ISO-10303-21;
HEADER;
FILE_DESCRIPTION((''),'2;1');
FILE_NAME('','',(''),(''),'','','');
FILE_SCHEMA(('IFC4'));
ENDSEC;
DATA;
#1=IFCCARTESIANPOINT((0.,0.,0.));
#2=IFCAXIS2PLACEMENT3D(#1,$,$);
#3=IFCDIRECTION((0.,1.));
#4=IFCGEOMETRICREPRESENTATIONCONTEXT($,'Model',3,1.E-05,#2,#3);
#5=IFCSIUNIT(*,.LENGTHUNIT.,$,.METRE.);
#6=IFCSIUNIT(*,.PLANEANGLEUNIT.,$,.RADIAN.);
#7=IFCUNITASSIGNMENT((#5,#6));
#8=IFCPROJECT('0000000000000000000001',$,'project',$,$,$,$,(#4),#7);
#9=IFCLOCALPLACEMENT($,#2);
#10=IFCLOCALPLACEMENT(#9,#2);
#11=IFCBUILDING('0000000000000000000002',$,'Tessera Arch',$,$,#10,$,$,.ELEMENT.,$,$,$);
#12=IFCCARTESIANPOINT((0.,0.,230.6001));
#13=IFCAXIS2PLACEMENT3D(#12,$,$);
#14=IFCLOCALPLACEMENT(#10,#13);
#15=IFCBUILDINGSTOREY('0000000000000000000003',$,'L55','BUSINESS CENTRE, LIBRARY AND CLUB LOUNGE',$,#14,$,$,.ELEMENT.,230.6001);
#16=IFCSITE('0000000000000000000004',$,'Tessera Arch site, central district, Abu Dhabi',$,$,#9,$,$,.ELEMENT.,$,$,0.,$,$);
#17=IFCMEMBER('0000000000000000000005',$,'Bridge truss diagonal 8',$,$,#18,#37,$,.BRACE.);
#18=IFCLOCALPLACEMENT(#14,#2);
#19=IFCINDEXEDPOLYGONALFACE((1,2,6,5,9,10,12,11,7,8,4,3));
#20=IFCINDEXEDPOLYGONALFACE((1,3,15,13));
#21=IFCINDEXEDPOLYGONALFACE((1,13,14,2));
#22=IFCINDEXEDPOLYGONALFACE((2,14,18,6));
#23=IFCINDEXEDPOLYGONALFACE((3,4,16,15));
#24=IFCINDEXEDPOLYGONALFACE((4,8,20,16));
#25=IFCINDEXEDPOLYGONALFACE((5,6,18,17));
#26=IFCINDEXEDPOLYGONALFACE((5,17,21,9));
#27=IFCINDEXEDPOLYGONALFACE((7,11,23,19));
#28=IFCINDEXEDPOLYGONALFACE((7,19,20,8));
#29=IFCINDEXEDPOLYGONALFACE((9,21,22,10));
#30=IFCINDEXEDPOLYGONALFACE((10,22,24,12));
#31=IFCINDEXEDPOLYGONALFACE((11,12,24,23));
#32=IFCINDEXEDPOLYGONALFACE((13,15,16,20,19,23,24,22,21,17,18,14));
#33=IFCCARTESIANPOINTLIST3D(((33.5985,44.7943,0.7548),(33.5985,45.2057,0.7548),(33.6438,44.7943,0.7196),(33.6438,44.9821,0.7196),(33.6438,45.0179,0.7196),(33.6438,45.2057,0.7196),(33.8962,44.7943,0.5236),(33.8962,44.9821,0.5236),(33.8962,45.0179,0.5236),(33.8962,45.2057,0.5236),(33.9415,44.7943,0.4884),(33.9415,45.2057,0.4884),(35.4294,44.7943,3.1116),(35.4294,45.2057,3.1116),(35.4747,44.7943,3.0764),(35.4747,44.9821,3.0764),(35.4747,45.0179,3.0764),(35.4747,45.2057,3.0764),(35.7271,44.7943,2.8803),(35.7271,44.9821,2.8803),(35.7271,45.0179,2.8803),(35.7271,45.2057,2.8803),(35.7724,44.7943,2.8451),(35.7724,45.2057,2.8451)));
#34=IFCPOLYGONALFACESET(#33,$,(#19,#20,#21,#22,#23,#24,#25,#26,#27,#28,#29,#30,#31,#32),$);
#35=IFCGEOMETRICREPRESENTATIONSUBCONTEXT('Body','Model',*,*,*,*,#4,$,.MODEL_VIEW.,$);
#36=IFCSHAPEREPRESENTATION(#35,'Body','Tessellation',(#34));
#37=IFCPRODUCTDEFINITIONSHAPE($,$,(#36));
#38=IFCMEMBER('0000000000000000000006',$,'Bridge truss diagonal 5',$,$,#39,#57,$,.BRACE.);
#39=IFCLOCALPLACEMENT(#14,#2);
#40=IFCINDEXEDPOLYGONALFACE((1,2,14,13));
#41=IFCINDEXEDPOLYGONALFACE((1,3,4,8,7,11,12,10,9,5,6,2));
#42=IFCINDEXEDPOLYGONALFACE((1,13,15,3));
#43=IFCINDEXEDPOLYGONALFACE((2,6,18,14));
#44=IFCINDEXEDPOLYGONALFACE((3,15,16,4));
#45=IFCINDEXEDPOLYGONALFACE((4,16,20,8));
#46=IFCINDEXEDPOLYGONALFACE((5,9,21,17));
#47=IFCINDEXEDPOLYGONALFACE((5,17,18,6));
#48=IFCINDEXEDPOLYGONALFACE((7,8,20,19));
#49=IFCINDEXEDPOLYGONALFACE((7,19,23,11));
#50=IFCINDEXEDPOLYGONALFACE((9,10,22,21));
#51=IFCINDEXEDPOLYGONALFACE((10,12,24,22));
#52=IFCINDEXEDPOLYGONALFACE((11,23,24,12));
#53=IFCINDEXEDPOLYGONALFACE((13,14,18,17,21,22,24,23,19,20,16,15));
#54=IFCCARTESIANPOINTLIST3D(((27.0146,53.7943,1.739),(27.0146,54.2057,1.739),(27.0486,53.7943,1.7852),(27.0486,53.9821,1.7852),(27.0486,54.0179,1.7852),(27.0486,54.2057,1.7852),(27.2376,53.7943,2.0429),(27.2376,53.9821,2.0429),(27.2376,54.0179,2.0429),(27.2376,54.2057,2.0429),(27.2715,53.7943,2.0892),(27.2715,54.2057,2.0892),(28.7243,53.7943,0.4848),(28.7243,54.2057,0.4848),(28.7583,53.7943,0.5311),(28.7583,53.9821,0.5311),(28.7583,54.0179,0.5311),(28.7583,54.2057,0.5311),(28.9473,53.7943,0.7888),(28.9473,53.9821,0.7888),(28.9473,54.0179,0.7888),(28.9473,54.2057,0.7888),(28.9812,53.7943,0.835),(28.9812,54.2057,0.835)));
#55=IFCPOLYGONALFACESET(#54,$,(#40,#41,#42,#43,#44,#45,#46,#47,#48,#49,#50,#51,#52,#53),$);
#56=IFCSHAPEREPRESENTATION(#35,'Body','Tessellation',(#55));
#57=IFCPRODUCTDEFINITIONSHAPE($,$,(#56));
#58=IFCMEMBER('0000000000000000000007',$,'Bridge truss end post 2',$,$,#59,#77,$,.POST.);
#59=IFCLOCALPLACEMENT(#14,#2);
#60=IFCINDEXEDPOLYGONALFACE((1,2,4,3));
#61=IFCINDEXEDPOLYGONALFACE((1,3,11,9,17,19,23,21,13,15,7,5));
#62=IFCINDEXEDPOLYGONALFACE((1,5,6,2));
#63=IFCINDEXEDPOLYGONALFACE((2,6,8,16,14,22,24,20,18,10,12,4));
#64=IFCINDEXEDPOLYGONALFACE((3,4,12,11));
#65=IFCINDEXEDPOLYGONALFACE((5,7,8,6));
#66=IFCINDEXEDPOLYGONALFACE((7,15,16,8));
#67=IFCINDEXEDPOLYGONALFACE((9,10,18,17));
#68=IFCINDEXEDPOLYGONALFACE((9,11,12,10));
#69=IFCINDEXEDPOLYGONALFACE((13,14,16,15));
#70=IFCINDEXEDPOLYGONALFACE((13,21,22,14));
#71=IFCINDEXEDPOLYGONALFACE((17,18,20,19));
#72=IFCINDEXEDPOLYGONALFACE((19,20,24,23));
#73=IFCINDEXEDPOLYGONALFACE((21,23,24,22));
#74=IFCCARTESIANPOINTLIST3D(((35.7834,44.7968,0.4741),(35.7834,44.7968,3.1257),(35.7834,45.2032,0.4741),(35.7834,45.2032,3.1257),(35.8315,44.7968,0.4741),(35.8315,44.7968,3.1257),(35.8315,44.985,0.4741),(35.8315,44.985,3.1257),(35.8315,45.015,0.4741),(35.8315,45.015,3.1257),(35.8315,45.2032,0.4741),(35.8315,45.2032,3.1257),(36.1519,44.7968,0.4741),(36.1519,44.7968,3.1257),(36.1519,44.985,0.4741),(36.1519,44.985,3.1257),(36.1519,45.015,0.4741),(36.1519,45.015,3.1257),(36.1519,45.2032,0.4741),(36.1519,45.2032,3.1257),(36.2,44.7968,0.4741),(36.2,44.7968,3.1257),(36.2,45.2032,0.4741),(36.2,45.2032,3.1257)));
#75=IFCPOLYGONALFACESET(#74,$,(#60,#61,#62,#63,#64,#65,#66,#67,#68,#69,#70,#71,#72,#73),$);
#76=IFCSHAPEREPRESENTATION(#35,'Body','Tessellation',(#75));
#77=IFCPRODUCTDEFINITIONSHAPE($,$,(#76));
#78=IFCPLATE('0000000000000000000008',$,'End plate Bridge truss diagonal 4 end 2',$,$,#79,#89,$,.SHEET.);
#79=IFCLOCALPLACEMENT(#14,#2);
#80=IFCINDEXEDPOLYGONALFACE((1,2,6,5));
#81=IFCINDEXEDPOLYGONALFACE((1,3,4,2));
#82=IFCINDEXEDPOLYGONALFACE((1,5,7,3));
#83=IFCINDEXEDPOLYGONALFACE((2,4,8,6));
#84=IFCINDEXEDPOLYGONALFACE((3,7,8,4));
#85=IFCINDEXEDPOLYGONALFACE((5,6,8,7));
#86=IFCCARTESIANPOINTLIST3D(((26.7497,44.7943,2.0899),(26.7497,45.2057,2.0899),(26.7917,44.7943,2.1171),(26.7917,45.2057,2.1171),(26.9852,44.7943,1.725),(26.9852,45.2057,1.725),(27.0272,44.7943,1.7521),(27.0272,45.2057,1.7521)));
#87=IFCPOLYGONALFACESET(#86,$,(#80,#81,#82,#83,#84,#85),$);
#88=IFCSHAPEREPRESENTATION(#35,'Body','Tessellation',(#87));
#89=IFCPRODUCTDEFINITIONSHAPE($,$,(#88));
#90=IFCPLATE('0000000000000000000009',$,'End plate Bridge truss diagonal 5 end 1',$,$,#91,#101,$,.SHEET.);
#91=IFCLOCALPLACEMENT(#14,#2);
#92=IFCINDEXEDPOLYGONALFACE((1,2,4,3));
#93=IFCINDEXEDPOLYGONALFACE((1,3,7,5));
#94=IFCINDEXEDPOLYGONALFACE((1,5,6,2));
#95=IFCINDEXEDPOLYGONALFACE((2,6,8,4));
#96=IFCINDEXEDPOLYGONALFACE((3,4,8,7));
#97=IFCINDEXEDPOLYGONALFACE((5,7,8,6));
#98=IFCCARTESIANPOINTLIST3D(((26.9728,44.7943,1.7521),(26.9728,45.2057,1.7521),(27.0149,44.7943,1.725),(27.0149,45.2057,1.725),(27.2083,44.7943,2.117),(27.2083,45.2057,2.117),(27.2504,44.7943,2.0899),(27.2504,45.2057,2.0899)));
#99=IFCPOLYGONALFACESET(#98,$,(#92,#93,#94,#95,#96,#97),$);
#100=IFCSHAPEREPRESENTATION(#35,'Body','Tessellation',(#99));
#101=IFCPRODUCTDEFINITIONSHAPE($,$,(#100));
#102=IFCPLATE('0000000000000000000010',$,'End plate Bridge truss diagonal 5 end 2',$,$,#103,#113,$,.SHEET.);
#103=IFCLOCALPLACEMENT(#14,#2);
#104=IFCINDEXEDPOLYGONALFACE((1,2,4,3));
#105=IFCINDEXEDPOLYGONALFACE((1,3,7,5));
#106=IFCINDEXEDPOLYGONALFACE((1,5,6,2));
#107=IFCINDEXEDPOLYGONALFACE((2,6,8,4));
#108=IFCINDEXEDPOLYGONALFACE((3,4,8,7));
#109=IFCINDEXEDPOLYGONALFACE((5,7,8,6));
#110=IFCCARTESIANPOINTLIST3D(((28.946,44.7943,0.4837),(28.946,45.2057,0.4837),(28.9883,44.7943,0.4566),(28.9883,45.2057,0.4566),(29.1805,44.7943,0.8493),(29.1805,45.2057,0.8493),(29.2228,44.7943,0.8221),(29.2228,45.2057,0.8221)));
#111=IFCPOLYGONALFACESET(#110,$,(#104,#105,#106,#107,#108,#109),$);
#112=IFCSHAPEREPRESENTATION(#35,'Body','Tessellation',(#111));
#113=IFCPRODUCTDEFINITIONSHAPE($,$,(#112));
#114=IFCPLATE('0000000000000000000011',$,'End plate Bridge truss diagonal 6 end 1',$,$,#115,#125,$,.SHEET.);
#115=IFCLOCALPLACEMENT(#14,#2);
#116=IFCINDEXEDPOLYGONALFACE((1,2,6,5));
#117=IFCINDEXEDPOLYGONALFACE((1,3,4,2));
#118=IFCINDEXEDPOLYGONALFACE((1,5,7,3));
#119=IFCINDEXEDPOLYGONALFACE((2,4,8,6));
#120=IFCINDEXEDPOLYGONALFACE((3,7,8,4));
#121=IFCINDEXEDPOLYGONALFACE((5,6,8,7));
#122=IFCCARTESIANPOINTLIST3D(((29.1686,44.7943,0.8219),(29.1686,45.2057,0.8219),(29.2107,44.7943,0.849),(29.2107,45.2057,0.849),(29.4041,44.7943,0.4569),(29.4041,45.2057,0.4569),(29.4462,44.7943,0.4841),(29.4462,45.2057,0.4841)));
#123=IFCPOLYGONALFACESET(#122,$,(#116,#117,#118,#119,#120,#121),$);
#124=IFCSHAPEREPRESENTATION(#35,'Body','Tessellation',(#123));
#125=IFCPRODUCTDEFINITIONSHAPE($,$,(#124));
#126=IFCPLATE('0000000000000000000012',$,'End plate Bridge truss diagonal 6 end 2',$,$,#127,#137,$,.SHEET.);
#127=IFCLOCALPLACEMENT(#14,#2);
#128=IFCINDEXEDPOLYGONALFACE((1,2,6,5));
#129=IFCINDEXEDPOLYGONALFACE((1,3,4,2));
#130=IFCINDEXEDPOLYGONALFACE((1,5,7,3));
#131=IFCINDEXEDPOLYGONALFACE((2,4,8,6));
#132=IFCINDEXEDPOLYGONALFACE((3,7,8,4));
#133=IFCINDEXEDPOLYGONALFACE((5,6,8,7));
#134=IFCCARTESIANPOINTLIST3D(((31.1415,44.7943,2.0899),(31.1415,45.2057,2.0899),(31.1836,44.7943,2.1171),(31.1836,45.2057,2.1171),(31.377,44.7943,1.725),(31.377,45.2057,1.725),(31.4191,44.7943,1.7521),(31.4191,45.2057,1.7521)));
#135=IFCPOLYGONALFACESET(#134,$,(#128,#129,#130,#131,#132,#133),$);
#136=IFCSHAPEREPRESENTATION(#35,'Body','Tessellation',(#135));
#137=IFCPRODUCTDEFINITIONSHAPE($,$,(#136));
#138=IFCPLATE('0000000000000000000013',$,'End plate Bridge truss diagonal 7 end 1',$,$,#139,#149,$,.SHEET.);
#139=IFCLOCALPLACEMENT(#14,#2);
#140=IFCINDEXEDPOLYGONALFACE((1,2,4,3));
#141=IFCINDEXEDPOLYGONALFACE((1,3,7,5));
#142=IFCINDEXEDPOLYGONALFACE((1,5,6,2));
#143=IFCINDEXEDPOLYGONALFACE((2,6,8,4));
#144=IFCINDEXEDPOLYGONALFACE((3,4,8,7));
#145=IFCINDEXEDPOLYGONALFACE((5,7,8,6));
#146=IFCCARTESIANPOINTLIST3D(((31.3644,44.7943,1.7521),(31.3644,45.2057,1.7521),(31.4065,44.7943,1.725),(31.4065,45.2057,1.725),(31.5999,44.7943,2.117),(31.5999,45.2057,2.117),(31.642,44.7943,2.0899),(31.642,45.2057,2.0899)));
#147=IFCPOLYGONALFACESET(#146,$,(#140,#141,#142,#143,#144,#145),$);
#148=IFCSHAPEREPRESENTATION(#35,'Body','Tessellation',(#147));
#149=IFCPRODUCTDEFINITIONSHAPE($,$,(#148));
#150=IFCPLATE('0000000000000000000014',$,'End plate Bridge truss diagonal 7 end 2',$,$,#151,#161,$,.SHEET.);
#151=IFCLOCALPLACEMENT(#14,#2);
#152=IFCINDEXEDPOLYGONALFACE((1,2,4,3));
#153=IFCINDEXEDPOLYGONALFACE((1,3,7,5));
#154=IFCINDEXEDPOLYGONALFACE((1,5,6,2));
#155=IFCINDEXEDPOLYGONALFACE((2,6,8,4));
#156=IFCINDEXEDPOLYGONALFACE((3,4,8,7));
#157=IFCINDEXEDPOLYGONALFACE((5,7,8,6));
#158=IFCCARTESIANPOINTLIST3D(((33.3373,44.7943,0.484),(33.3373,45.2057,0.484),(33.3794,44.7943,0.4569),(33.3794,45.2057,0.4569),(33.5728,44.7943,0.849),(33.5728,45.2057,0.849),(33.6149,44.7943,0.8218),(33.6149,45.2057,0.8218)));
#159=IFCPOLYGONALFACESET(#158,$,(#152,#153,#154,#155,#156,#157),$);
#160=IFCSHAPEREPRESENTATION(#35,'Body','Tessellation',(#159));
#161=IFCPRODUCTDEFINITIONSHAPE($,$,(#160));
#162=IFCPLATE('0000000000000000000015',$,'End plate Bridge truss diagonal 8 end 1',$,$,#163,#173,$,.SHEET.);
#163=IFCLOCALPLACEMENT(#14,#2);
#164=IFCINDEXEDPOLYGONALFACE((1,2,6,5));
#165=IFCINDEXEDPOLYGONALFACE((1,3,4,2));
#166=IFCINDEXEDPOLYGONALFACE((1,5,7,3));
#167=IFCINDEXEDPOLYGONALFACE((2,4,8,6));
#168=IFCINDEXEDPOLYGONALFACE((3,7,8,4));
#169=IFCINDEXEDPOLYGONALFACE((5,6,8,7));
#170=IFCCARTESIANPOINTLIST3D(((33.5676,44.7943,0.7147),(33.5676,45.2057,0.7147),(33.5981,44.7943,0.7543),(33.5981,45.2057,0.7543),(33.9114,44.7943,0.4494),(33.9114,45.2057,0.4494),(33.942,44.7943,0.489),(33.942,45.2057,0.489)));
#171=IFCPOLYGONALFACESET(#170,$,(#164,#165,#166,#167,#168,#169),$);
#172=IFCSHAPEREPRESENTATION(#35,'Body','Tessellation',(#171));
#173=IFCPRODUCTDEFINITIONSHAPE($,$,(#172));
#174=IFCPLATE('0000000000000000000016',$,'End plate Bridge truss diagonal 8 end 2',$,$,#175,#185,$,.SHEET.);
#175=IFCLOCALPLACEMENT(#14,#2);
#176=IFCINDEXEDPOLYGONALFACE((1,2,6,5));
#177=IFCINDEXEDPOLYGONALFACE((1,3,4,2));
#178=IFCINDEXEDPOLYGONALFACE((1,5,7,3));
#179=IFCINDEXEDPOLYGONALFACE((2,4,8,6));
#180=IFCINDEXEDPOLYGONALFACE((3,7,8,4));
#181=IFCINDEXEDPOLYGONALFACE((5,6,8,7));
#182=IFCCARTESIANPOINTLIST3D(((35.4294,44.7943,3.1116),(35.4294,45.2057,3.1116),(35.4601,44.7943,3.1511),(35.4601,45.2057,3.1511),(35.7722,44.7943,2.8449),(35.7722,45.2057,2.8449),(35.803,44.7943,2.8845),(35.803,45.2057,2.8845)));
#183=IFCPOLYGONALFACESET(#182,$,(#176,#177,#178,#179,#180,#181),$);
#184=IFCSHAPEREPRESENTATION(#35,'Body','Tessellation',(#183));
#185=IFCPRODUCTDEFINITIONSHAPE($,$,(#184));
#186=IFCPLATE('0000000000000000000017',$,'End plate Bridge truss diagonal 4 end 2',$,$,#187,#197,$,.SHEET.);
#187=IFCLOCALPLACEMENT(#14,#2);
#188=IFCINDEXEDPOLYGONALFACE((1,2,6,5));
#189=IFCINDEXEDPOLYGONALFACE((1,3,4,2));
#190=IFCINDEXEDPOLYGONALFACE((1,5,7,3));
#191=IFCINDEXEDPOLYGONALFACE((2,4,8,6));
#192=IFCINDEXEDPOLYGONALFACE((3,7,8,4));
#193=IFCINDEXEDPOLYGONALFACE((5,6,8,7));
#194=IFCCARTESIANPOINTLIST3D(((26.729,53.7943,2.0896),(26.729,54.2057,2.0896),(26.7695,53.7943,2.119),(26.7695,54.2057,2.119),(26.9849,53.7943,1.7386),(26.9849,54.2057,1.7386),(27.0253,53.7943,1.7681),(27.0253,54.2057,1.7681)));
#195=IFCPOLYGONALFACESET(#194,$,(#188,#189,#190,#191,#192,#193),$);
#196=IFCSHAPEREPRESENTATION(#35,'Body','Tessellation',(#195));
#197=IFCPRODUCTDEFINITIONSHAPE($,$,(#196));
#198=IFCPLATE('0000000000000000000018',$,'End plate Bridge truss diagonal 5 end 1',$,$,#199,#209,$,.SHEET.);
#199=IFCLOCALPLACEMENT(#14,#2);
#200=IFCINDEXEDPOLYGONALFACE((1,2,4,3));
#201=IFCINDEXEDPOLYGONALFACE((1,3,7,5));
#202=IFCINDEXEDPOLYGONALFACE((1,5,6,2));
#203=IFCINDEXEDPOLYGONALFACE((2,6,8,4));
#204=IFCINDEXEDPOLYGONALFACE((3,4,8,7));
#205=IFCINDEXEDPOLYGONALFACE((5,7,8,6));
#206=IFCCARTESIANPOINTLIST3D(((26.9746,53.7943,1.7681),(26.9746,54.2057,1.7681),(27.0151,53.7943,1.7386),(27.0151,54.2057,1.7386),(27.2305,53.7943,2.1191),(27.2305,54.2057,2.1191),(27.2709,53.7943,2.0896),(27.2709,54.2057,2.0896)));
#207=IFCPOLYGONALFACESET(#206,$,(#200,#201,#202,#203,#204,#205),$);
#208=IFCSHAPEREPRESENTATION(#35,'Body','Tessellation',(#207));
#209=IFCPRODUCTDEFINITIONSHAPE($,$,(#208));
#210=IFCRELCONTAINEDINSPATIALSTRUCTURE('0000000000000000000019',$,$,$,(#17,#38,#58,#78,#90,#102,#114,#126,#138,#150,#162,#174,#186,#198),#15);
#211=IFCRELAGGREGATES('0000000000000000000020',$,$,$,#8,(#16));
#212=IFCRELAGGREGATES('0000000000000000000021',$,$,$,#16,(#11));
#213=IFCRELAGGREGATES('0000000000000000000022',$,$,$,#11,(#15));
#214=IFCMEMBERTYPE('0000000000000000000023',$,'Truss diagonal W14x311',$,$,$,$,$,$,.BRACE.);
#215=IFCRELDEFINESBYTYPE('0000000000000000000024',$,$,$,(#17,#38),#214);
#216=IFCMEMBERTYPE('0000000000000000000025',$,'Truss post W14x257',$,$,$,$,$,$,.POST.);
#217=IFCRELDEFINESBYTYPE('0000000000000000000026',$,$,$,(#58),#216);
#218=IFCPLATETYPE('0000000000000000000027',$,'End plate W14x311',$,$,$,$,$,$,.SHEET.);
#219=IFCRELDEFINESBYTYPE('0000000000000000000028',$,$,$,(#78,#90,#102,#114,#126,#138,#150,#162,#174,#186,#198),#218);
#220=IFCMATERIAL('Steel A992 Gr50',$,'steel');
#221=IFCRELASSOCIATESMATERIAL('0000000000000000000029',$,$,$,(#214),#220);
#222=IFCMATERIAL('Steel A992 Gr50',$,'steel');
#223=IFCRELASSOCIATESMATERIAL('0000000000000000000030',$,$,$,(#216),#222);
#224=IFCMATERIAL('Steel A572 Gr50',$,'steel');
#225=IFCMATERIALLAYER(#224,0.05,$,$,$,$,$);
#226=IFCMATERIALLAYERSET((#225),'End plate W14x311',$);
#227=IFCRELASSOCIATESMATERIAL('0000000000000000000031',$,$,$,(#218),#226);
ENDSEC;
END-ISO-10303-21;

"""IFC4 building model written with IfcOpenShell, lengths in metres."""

from ifc_helpers import new_model, si_unit, direction, frame, origin, origin_2d, place, context, subcontext, project, spatial, rectangle, i_section, extrude, material, layer, layer_set, material_profile, profile_set, type_object, element, save


model = new_model("IFC4")

# Units and contexts
model_context = context("Model", 3, precision=1e-05, world=origin(), true_north=direction((0.0, 1.0)))
body_context = subcontext(model_context, "Body", "Model", "MODEL_VIEW")
ifc_project = project(units=[si_unit("LENGTHUNIT", "METRE"), si_unit("PLANEANGLEUNIT", "RADIAN")], contexts=[model_context])

# Site, building, storey
site_placement = place(None, origin())
site = spatial("IfcSite", under=ifc_project, at=site_placement, Name="Tessera Arch site, central district, Abu Dhabi", CompositionType="ELEMENT", RefElevation=0.0)
building_placement = place(site_placement, origin())
building = spatial("IfcBuilding", under=site, at=building_placement, Name="Tessera Arch", CompositionType="ELEMENT")
storey_placement = place(building_placement, frame((0.0, 0.0, 230.6001)))
storey = spatial("IfcBuildingStorey", under=building, at=storey_placement, Name="L55", Description="BUSINESS CENTRE, LIBRARY AND CLUB LOUNGE", CompositionType="ELEMENT", Elevation=230.6001)

# Members
ifc_material_1 = material(Name="Steel A992 Gr50", Category="steel")
ifc_material_profile_1 = material_profile(ifc_material_1, i_section(OverallWidth=0.4114, OverallDepth=0.4343, WebThickness=0.0359, FlangeThickness=0.0574, at=origin_2d()), Name="W14x311")
ifc_profile_set_1 = profile_set([ifc_material_profile_1], Name="Steel A992 Gr50")
member_type_1 = type_object("IfcMemberType", Name="Truss diagonal W14x311", PredefinedType="BRACE", material=ifc_profile_set_1)
member_1_placement = place(storey_placement, frame((33.77, 45.0, 0.6216), z_axis=(0.613487, 0.0, 0.789704), x_axis=(0.0, 1.0, 0.0)))
element("IfcMember", 1, at=member_1_placement, inside=storey, type_object=member_type_1, Name="Bridge truss diagonal 8", PredefinedType="BRACE", context=body_context, shape_type="SweptSolid", body=[
    extrude(i_section(OverallWidth=0.4114, OverallDepth=0.4343, WebThickness=0.0359, FlangeThickness=0.0574, at=origin_2d()), origin(), (0.0, 0.0, 1.0), 2.9844),
])
member_2_placement = place(storey_placement, frame((27.1431, 54.0, 1.9141), z_axis=(0.806324, 0.0, -0.591473), x_axis=(0.0, 1.0, 0.0)))
element("IfcMember", 2, at=member_2_placement, inside=storey, type_object=member_type_1, Name="Bridge truss diagonal 5", PredefinedType="BRACE", context=body_context, shape_type="SweptSolid", body=[
    extrude(i_section(OverallWidth=0.4114, OverallDepth=0.4343, WebThickness=0.0359, FlangeThickness=0.0574, at=origin_2d()), origin(), (0.0, 0.0, 1.0), 2.1204),
])
ifc_material_2 = material(Name="Steel A992 Gr50", Category="steel")
ifc_material_profile_2 = material_profile(ifc_material_2, i_section(OverallWidth=0.4065, OverallDepth=0.4165, WebThickness=0.03, FlangeThickness=0.0481, at=origin_2d()), Name="W14x257")
ifc_profile_set_2 = profile_set([ifc_material_profile_2], Name="Steel A992 Gr50")
member_type_2 = type_object("IfcMemberType", Name="Truss post W14x257", PredefinedType="POST", material=ifc_profile_set_2)
member_3_placement = place(storey_placement, frame((35.9917, 45.0, 0.4741), z_axis=(0.0, 0.0, 1.0), x_axis=(0.0, 1.0, 0.0)))
element("IfcMember", 3, at=member_3_placement, inside=storey, type_object=member_type_2, Name="Bridge truss end post 2", PredefinedType="POST", context=body_context, shape_type="SweptSolid", body=[
    extrude(i_section(OverallWidth=0.4065, OverallDepth=0.4165, WebThickness=0.03, FlangeThickness=0.0481, at=origin_2d()), origin(), (0.0, 0.0, 1.0), 2.6516),
])

# Plates
ifc_material_3 = material(Name="Steel A572 Gr50", Category="steel")
ifc_layer_1 = layer(ifc_material_3, 0.05)
ifc_layer_set_1 = layer_set([ifc_layer_1], Name="End plate W14x311")
plate_type = type_object("IfcPlateType", Name="End plate W14x311", PredefinedType="SHEET", material=ifc_layer_set_1)
for number, where, z_axis, x_axis, name in (
    (4, (26.8674, 45.0, 1.9075), (0.840225, 0.0, 0.542238), (0.0, 1.0, 0.0), "End plate Bridge truss diagonal 4 end 2"),
    (5, (27.0906, 45.0, 1.9346), (0.840225, 0.0, -0.542238), (0.0, 1.0, 0.0), "End plate Bridge truss diagonal 5 end 1"),
):
    element("IfcPlate", number, at=place(storey_placement, frame(where, z_axis=z_axis, x_axis=x_axis)), inside=storey, type_object=plate_type, Name=name, PredefinedType="SHEET", context=body_context, shape_type="SweptSolid", body=[
        extrude(rectangle(XDim=0.4114, YDim=0.4343, at=origin_2d()), origin(), (0.0, 0.0, 1.0), 0.05),
    ])
plate_placement = place(storey_placement, frame((29.0632, 45.0, 0.6665), z_axis=(0.841652, 0.0, -0.54002), x_axis=(0.0, 1.0, 0.0)))
element("IfcPlate", 6, at=plate_placement, inside=storey, type_object=plate_type, Name="End plate Bridge truss diagonal 5 end 2", PredefinedType="SHEET", context=body_context, shape_type="SweptSolid", body=[
    extrude(rectangle(XDim=0.4114, YDim=0.4343, at=origin_2d()), origin(), (0.0, 0.0, 1.0), 0.0503),
])
for number, where, z_axis, x_axis, name in (
    (7, (29.2864, 45.0, 0.6394), (0.840225, 0.0, 0.542238), (0.0, 1.0, 0.0), "End plate Bridge truss diagonal 6 end 1"),
    (8, (31.2593, 45.0, 1.9075), (0.840225, 0.0, 0.542238), (0.0, 1.0, 0.0), "End plate Bridge truss diagonal 6 end 2"),
    (9, (31.4822, 45.0, 1.9346), (0.840225, 0.0, -0.542238), (0.0, 1.0, 0.0), "End plate Bridge truss diagonal 7 end 1"),
    (10, (33.4551, 45.0, 0.6665), (0.840225, 0.0, -0.542238), (0.0, 1.0, 0.0), "End plate Bridge truss diagonal 7 end 2"),
    (11, (33.7395, 45.0, 0.582), (0.610891, 0.0, 0.791715), (0.0, 1.0, 0.0), "End plate Bridge truss diagonal 8 end 1"),
    (12, (35.6008, 45.0, 2.9783), (0.613941, 0.0, 0.789352), (0.0, 1.0, 0.0), "End plate Bridge truss diagonal 8 end 2"),
    (13, (26.8569, 54.0, 1.9141), (0.808104, 0.0, 0.58904), (0.0, 1.0, 0.0), "End plate Bridge truss diagonal 4 end 2"),
    (14, (27.1025, 54.0, 1.9436), (0.808104, 0.0, -0.58904), (0.0, 1.0, 0.0), "End plate Bridge truss diagonal 5 end 1"),
):
    element("IfcPlate", number, at=place(storey_placement, frame(where, z_axis=z_axis, x_axis=x_axis)), inside=storey, type_object=plate_type, Name=name, PredefinedType="SHEET", context=body_context, shape_type="SweptSolid", body=[
        extrude(rectangle(XDim=0.4114, YDim=0.4343, at=origin_2d()), origin(), (0.0, 0.0, 1.0), 0.05),
    ])

save(model, "model.ifc")
